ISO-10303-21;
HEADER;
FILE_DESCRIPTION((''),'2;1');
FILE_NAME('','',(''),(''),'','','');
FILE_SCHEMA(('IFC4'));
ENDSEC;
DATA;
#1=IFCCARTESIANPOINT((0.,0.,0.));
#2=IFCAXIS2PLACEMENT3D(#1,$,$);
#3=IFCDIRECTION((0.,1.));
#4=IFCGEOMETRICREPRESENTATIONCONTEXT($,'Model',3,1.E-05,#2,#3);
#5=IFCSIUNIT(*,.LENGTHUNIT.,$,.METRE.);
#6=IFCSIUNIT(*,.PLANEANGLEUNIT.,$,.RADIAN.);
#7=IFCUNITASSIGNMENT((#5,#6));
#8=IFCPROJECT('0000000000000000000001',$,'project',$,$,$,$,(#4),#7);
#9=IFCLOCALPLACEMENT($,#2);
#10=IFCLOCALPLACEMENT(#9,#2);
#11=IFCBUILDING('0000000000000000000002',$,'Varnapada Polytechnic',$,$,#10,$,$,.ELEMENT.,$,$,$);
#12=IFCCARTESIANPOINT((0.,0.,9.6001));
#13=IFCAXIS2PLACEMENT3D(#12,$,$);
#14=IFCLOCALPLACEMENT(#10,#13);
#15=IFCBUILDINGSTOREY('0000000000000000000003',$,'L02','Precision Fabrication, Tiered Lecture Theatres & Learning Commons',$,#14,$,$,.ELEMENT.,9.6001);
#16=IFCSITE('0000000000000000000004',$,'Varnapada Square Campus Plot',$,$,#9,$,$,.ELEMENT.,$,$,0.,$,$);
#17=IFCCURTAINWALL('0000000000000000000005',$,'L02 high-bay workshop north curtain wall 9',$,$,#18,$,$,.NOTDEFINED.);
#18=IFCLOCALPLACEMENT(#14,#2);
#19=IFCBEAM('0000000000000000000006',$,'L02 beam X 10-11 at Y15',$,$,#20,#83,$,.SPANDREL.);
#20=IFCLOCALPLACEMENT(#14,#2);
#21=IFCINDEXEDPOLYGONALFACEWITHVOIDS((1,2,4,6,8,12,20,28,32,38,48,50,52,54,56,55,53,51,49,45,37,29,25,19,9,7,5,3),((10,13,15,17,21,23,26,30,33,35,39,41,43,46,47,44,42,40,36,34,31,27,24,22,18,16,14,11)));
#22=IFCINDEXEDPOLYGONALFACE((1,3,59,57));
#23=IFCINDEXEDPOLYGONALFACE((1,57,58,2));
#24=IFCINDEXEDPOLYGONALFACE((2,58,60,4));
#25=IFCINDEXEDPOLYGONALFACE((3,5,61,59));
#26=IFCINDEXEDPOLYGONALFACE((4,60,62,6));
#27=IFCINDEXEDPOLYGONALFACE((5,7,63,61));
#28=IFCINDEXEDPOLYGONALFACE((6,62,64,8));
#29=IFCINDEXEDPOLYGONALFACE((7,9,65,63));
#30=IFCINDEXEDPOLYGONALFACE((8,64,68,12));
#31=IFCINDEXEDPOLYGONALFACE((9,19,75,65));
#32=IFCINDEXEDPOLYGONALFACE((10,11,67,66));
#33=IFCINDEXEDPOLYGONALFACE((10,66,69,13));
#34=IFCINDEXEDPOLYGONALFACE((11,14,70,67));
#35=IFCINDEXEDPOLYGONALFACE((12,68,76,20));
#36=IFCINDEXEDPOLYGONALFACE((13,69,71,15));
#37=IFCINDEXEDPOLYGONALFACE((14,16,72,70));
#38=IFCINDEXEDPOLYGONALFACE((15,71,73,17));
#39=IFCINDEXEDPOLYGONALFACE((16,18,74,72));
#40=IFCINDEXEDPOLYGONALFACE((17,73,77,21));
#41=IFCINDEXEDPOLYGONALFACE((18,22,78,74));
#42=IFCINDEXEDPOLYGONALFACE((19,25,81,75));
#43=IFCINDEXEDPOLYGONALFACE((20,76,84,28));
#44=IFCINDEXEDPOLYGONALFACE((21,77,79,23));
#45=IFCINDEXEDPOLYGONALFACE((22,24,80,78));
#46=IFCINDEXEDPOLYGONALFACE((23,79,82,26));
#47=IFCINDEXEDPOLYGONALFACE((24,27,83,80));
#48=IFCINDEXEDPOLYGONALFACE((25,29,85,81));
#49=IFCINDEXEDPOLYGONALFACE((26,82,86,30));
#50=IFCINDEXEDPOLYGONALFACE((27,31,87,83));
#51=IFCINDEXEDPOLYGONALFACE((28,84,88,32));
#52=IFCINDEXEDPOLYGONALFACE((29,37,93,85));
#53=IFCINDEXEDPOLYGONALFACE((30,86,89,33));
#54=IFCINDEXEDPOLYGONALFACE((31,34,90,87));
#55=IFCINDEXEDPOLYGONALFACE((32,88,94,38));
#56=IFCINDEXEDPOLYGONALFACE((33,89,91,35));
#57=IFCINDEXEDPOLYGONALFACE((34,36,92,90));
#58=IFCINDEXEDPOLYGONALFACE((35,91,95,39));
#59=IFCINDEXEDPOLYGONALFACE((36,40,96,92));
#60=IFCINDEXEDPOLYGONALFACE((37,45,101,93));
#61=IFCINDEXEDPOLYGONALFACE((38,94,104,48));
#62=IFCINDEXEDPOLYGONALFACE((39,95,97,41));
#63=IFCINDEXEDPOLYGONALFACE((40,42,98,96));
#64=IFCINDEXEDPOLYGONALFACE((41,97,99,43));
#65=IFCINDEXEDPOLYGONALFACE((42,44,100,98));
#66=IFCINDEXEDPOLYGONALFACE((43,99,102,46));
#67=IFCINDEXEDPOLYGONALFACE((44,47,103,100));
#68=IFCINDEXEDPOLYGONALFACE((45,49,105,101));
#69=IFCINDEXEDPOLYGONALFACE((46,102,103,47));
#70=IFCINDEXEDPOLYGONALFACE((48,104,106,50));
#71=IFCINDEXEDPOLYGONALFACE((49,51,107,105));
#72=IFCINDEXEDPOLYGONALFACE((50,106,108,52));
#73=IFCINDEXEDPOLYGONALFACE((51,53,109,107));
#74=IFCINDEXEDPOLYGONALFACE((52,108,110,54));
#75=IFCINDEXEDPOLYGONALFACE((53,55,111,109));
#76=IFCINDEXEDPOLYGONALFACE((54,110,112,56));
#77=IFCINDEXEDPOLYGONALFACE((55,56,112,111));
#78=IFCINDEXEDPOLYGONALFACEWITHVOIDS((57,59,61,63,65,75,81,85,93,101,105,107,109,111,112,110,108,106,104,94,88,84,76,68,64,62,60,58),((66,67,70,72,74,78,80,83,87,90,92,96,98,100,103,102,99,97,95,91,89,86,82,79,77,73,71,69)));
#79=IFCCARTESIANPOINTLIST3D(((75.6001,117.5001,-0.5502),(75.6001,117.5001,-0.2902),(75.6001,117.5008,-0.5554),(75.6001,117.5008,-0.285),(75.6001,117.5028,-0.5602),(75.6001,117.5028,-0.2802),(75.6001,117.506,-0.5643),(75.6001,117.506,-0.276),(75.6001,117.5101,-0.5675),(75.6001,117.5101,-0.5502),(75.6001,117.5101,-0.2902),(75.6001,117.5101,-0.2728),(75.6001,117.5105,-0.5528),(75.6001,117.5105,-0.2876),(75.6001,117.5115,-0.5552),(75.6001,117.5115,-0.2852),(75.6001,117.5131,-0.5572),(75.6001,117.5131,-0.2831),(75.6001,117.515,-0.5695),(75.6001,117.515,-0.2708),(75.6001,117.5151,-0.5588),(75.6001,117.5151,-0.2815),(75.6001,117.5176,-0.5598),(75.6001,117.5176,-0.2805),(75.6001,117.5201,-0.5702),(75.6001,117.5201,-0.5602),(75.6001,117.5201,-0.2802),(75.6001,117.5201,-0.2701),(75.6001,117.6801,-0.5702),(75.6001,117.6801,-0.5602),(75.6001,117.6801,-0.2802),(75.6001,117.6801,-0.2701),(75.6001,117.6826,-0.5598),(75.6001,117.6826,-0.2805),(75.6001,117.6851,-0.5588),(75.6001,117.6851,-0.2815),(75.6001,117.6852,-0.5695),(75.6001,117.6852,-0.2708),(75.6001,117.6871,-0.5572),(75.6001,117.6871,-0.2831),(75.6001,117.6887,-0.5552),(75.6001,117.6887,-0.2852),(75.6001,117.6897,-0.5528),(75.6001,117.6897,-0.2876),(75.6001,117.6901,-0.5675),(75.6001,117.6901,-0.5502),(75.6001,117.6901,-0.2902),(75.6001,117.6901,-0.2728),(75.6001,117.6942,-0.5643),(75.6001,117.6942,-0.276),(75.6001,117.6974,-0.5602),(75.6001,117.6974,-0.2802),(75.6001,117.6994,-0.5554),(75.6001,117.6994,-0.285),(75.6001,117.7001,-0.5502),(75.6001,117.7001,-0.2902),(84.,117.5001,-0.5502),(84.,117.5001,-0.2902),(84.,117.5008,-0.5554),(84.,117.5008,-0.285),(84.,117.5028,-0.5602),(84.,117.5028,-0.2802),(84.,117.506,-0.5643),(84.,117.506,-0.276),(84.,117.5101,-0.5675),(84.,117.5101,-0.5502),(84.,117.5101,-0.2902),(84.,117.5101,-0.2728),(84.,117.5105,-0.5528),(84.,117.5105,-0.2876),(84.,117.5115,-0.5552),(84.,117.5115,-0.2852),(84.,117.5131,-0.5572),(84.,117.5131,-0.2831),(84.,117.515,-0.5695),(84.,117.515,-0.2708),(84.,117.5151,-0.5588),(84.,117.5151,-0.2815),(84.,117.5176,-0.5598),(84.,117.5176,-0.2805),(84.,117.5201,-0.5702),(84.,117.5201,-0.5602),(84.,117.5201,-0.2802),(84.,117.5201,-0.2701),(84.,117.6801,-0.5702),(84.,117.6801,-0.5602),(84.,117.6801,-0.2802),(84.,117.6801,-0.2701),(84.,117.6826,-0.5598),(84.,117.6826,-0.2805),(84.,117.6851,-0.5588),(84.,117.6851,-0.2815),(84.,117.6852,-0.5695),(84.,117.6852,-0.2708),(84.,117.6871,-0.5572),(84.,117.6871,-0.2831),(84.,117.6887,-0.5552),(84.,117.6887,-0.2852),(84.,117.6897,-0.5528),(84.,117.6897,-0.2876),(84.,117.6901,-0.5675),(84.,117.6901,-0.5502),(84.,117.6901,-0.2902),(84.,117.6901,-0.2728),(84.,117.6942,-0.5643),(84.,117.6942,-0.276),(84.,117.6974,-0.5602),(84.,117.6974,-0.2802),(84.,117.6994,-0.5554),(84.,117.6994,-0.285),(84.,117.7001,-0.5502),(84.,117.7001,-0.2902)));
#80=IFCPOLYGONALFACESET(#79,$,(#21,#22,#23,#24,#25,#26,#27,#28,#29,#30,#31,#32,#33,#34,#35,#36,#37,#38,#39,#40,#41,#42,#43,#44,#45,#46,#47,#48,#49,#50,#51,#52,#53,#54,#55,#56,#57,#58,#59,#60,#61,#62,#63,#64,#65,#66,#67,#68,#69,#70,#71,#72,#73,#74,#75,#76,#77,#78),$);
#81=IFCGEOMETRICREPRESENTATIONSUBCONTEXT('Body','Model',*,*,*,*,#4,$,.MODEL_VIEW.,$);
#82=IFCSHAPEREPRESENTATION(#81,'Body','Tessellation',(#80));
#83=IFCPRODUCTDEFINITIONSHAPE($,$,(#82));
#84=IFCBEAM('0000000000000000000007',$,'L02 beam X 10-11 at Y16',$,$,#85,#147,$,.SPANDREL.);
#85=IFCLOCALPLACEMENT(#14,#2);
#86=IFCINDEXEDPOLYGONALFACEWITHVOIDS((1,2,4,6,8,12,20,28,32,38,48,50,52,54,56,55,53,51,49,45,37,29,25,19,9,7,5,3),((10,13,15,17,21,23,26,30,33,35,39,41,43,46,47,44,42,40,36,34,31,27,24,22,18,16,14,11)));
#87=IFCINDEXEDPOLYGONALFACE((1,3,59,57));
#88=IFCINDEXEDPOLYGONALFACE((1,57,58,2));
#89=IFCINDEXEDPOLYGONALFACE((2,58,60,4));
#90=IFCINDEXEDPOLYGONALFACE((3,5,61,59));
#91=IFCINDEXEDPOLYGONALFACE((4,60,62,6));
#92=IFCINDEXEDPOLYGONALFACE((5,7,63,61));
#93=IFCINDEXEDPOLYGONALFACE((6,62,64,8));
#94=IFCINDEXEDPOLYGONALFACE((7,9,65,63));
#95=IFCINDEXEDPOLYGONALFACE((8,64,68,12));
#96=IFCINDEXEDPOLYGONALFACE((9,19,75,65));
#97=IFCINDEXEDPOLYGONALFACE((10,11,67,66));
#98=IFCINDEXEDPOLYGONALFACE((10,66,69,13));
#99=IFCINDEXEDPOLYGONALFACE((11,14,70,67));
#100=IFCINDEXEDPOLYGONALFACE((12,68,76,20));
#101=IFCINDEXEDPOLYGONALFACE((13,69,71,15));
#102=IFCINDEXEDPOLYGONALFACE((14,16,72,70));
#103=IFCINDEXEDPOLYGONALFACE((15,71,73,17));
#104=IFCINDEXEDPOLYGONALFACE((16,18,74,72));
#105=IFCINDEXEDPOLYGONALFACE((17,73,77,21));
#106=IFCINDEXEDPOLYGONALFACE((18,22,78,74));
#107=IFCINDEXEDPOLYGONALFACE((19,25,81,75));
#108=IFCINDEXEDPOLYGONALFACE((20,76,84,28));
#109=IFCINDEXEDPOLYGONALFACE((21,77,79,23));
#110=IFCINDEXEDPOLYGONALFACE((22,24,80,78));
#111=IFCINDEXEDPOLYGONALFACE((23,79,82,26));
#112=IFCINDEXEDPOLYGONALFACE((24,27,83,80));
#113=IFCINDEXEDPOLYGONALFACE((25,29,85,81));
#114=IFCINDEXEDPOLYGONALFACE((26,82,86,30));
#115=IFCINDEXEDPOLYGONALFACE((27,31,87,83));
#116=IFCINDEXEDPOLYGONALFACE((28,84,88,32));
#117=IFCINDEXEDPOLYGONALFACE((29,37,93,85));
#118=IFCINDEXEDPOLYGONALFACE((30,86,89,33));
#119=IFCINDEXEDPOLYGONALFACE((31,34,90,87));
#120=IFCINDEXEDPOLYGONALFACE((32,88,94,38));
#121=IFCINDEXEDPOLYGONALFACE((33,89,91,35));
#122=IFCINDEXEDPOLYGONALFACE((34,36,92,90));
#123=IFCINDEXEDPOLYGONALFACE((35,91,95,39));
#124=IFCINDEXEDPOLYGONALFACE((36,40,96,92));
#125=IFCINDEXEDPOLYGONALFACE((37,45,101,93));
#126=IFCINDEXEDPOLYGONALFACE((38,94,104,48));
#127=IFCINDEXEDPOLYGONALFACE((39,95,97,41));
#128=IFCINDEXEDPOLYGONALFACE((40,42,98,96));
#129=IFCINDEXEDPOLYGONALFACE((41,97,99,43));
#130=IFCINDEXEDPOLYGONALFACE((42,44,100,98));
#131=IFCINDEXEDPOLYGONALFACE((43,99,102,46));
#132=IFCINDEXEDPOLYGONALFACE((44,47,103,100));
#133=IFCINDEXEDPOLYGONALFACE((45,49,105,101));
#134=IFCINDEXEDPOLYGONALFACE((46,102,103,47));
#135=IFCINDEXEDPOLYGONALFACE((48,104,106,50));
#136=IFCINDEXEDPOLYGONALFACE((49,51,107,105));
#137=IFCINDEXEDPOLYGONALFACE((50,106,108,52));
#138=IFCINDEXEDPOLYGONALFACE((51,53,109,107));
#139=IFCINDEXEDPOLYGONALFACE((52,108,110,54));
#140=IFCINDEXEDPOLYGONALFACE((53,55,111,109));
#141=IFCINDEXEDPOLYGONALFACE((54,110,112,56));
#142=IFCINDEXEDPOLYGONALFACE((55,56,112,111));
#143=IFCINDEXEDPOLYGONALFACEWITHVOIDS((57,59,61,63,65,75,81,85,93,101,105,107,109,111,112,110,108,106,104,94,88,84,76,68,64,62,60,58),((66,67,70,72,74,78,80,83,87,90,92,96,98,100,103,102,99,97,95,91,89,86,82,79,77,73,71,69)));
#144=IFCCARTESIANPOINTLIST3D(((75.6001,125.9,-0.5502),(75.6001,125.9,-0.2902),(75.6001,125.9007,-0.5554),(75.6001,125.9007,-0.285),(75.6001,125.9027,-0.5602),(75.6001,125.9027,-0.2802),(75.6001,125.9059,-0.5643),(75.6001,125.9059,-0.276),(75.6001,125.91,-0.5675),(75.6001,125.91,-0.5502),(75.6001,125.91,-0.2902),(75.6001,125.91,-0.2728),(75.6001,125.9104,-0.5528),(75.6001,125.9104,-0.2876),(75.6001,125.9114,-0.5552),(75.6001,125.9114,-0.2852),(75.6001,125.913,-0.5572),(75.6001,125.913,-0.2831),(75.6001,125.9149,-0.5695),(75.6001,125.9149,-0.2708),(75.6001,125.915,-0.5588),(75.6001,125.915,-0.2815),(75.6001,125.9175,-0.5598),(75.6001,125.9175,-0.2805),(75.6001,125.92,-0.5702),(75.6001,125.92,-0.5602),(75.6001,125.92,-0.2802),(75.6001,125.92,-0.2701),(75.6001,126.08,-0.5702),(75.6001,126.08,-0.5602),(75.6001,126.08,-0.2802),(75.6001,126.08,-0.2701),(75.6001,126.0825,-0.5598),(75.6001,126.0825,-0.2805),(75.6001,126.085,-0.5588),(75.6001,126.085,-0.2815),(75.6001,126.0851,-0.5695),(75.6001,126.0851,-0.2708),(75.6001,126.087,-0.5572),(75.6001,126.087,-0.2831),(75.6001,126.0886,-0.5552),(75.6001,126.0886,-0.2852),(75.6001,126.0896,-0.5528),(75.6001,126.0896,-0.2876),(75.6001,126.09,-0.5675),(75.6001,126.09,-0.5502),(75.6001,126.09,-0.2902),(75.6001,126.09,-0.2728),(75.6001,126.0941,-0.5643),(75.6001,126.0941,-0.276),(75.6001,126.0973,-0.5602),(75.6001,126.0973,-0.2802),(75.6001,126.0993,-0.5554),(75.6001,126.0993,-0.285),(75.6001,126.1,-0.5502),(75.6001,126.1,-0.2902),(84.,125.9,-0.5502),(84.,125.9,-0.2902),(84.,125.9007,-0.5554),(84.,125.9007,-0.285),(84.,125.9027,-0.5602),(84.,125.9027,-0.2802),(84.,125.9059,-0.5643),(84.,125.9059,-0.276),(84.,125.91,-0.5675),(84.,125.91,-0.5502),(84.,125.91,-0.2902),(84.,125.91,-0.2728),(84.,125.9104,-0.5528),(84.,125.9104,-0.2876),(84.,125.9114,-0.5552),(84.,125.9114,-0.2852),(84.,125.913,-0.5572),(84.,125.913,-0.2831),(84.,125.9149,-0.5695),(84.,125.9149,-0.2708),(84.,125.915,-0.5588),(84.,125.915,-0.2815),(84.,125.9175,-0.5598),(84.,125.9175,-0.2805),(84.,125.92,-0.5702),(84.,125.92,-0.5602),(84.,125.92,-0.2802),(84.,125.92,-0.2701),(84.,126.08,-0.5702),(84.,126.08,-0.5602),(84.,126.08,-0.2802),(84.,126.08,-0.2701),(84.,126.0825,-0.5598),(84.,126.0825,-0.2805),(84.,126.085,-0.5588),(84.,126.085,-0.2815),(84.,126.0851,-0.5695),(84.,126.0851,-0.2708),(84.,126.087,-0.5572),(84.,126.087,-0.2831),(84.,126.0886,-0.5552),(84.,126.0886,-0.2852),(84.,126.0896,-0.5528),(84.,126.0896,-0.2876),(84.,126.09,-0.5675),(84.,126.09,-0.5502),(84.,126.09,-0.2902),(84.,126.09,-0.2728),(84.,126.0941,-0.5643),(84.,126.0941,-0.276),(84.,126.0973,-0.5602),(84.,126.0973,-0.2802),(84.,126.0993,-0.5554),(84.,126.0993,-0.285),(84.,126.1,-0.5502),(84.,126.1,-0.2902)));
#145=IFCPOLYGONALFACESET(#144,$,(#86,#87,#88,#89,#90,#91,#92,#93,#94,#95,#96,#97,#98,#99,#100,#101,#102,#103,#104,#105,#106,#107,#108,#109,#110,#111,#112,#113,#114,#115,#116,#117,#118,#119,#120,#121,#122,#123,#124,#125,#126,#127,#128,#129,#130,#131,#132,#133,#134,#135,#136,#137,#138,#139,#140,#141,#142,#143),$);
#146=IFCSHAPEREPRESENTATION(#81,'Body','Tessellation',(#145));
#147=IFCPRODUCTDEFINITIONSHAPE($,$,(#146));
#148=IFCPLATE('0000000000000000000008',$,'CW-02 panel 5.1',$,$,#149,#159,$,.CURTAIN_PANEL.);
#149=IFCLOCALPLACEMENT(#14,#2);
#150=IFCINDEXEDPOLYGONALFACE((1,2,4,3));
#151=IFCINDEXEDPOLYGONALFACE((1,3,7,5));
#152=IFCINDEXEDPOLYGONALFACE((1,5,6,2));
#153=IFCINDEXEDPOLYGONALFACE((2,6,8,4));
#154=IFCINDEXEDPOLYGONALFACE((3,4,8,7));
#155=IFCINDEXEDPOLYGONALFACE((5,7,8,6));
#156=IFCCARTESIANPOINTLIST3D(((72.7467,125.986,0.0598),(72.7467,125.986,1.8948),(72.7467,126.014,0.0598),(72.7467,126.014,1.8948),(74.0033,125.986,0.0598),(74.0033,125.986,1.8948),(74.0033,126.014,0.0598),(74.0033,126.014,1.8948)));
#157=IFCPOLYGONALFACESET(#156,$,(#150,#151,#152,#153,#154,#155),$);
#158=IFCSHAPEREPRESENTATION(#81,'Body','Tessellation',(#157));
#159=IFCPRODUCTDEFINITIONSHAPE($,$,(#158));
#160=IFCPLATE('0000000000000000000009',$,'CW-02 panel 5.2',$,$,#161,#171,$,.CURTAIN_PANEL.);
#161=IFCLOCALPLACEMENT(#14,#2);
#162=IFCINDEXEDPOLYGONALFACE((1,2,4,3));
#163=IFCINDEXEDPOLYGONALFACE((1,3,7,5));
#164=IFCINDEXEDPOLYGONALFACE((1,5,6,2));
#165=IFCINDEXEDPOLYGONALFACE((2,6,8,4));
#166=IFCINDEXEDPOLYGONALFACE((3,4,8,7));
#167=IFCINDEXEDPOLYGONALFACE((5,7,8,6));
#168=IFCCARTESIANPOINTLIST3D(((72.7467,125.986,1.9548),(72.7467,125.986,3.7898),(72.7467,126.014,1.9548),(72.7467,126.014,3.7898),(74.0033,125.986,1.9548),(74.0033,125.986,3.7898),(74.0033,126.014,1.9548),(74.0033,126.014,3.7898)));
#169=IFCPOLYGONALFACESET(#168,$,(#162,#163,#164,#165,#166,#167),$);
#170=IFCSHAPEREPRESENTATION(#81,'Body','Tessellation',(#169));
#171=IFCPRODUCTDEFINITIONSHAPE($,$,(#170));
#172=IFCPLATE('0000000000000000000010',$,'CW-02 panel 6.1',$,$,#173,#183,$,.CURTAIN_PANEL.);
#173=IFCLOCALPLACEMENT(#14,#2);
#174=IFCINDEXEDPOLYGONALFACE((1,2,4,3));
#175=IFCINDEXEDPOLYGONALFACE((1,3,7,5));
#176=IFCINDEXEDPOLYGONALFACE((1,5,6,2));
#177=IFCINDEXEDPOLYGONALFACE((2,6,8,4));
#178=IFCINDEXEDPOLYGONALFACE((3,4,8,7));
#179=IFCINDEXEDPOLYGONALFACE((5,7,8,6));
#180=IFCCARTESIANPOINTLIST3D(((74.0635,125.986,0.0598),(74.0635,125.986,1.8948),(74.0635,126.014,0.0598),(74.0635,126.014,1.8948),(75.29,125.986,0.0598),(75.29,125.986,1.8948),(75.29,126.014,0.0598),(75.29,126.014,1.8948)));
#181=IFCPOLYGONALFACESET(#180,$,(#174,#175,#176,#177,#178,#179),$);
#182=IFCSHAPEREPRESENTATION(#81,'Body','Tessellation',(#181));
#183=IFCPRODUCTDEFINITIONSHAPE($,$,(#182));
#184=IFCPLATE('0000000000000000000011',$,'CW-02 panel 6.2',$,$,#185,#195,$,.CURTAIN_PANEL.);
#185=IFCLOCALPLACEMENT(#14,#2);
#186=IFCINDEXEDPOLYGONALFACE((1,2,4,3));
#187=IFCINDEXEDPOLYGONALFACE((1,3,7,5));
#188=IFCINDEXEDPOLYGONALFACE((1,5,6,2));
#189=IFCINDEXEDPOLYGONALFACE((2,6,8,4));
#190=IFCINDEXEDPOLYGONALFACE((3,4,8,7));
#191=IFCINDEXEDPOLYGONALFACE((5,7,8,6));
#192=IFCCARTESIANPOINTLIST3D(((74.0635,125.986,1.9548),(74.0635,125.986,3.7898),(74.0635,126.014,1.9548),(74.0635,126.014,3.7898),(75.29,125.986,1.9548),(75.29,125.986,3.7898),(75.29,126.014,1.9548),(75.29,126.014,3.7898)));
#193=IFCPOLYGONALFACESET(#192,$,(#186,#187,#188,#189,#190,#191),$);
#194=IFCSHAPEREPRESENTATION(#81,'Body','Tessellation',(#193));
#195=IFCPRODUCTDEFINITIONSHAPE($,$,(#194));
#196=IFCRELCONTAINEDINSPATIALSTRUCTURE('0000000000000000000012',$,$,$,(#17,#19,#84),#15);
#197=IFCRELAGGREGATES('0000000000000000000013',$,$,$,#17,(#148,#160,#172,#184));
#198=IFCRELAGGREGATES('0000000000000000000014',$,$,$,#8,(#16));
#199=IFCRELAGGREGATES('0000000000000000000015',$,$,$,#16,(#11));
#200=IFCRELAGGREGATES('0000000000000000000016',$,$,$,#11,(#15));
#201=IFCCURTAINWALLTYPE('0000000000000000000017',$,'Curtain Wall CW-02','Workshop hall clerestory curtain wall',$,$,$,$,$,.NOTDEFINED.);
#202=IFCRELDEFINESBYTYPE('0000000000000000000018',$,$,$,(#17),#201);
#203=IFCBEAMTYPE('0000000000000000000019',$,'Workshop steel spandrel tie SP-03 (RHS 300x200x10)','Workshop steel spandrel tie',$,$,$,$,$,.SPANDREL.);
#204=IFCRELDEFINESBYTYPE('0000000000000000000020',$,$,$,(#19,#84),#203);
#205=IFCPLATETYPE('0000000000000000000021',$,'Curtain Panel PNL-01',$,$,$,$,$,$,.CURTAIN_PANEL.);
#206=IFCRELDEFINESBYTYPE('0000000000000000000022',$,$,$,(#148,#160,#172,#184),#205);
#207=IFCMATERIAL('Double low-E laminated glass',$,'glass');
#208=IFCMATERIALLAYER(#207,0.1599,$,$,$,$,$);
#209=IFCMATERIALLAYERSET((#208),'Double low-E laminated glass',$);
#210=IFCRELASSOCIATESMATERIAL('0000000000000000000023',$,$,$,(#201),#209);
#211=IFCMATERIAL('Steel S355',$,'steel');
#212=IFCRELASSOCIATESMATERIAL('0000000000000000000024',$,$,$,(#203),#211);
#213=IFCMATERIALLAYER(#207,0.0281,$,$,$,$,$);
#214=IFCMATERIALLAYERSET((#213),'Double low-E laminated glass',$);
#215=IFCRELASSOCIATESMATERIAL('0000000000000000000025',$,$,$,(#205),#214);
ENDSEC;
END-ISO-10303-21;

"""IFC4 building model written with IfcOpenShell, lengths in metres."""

from ifc_helpers import new_model, si_unit, direction, frame, origin, origin_2d, place, context, subcontext, project, spatial, rectangle, hollow_rectangle, extrude, material, layer, layer_set, material_profile, profile_set, type_object, element, aggregate, save


model = new_model("IFC4")

# Units and contexts
model_context = context("Model", 3, precision=1e-05, world=origin(), true_north=direction((0.0, 1.0)))
body_context = subcontext(model_context, "Body", "Model", "MODEL_VIEW")
ifc_project = project(units=[si_unit("LENGTHUNIT", "METRE"), si_unit("PLANEANGLEUNIT", "RADIAN")], contexts=[model_context])

# Site, building, storey
site_placement = place(None, origin())
site = spatial("IfcSite", under=ifc_project, at=site_placement, Name="Varnapada Square Campus Plot", CompositionType="ELEMENT", RefElevation=0.0)
building_placement = place(site_placement, origin())
building = spatial("IfcBuilding", under=site, at=building_placement, Name="Varnapada Polytechnic", CompositionType="ELEMENT")
storey_placement = place(building_placement, frame((0.0, 0.0, 9.6001)))
storey = spatial("IfcBuildingStorey", under=building, at=storey_placement, Name="L02", Description="Precision Fabrication, Tiered Lecture Theatres & Learning Commons", CompositionType="ELEMENT", Elevation=9.6001)

# Shared definitions
ifc_material_1 = material(Name="Steel S355", Category="steel")

# Curtain wall
ifc_material_2 = material(Name="Double low-E laminated glass", Category="glass")
ifc_layer_1 = layer(ifc_material_2, 0.1599)
ifc_layer_set_1 = layer_set([ifc_layer_1], Name="Double low-E laminated glass")
curtain_wall_type = type_object("IfcCurtainWallType", Name="Curtain Wall CW-02", Description="Workshop hall clerestory curtain wall", PredefinedType="NOTDEFINED", material=ifc_layer_set_1)
curtain_wall_1_placement = place(storey_placement, origin())
curtain_wall_1 = element("IfcCurtainWall", 1, at=curtain_wall_1_placement, inside=storey, type_object=curtain_wall_type, Name="L02 high-bay workshop north curtain wall 9", PredefinedType="NOTDEFINED")

# Beams
ifc_material_profile_1 = material_profile(ifc_material_1, hollow_rectangle(XDim=0.2, YDim=0.3, WallThickness=0.01, InnerFilletRadius=0.01, OuterFilletRadius=0.02, at=origin_2d()), Name="RHS 300x200x10")
ifc_profile_set_1 = profile_set([ifc_material_profile_1], Name="Steel S355")
beam_type_1 = type_object("IfcBeamType", Name="Workshop steel spandrel tie SP-03 (RHS 300x200x10)", Description="Workshop steel spandrel tie", PredefinedType="SPANDREL", material=ifc_profile_set_1)
for number, where, z_axis, x_axis, name in (
    (2, (75.6001, 117.6001, -0.4202), (1.0, 0.0, 0.0), (0.0, 1.0, 0.0), "L02 beam X 10-11 at Y15"),
    (3, (75.6001, 126.0, -0.4202), (1.0, 0.0, 0.0), (0.0, 1.0, 0.0), "L02 beam X 10-11 at Y16"),
):
    element("IfcBeam", number, at=place(storey_placement, frame(where, z_axis=z_axis, x_axis=x_axis)), inside=storey, type_object=beam_type_1, Name=name, PredefinedType="SPANDREL", context=body_context, shape_type="SweptSolid", body=[
        extrude(hollow_rectangle(XDim=0.2, YDim=0.3, WallThickness=0.01, InnerFilletRadius=0.01, OuterFilletRadius=0.02, at=origin_2d()), origin(), (0.0, 0.0, 1.0), 8.3999),
    ])

# Plates
ifc_layer_2 = layer(ifc_material_2, 0.0281)
ifc_layer_set_2 = layer_set([ifc_layer_2], Name="Double low-E laminated glass")
plate_type = type_object("IfcPlateType", Name="Curtain Panel PNL-01", PredefinedType="CURTAIN_PANEL", material=ifc_layer_set_2)
plate_1_placement = place(storey_placement, frame((73.375, 126.0, 0.0598), z_axis=(0.0, 0.0, 1.0), x_axis=(1.0, 0.0, 0.0)))
plate_1 = element("IfcPlate", 4, at=plate_1_placement, type_object=plate_type, Name="CW-02 panel 5.1", PredefinedType="CURTAIN_PANEL", context=body_context, shape_type="SweptSolid", body=[
    extrude(rectangle(XDim=1.2566, YDim=0.0281, at=origin_2d()), origin(), (0.0, 0.0, 1.0), 1.835),
])
plate_2_placement = place(storey_placement, frame((73.375, 126.0, 1.9548), z_axis=(0.0, 0.0, 1.0), x_axis=(1.0, 0.0, 0.0)))
plate_2 = element("IfcPlate", 5, at=plate_2_placement, type_object=plate_type, Name="CW-02 panel 5.2", PredefinedType="CURTAIN_PANEL", context=body_context, shape_type="SweptSolid", body=[
    extrude(rectangle(XDim=1.2566, YDim=0.0281, at=origin_2d()), origin(), (0.0, 0.0, 1.0), 1.835),
])
plate_3_placement = place(storey_placement, frame((74.6768, 126.0, 0.0598), z_axis=(0.0, 0.0, 1.0), x_axis=(1.0, 0.0, 0.0)))
plate_3 = element("IfcPlate", 6, at=plate_3_placement, type_object=plate_type, Name="CW-02 panel 6.1", PredefinedType="CURTAIN_PANEL", context=body_context, shape_type="SweptSolid", body=[
    extrude(rectangle(XDim=1.2266, YDim=0.0281, at=origin_2d()), origin(), (0.0, 0.0, 1.0), 1.835),
])
plate_4_placement = place(storey_placement, frame((74.6768, 126.0, 1.9548), z_axis=(0.0, 0.0, 1.0), x_axis=(1.0, 0.0, 0.0)))
plate_4 = element("IfcPlate", 7, at=plate_4_placement, type_object=plate_type, Name="CW-02 panel 6.2", PredefinedType="CURTAIN_PANEL", context=body_context, shape_type="SweptSolid", body=[
    extrude(rectangle(XDim=1.2266, YDim=0.0281, at=origin_2d()), origin(), (0.0, 0.0, 1.0), 1.835),
])
aggregate(curtain_wall_1, [plate_1, plate_2, plate_3, plate_4])

save(model, "model.ifc")
